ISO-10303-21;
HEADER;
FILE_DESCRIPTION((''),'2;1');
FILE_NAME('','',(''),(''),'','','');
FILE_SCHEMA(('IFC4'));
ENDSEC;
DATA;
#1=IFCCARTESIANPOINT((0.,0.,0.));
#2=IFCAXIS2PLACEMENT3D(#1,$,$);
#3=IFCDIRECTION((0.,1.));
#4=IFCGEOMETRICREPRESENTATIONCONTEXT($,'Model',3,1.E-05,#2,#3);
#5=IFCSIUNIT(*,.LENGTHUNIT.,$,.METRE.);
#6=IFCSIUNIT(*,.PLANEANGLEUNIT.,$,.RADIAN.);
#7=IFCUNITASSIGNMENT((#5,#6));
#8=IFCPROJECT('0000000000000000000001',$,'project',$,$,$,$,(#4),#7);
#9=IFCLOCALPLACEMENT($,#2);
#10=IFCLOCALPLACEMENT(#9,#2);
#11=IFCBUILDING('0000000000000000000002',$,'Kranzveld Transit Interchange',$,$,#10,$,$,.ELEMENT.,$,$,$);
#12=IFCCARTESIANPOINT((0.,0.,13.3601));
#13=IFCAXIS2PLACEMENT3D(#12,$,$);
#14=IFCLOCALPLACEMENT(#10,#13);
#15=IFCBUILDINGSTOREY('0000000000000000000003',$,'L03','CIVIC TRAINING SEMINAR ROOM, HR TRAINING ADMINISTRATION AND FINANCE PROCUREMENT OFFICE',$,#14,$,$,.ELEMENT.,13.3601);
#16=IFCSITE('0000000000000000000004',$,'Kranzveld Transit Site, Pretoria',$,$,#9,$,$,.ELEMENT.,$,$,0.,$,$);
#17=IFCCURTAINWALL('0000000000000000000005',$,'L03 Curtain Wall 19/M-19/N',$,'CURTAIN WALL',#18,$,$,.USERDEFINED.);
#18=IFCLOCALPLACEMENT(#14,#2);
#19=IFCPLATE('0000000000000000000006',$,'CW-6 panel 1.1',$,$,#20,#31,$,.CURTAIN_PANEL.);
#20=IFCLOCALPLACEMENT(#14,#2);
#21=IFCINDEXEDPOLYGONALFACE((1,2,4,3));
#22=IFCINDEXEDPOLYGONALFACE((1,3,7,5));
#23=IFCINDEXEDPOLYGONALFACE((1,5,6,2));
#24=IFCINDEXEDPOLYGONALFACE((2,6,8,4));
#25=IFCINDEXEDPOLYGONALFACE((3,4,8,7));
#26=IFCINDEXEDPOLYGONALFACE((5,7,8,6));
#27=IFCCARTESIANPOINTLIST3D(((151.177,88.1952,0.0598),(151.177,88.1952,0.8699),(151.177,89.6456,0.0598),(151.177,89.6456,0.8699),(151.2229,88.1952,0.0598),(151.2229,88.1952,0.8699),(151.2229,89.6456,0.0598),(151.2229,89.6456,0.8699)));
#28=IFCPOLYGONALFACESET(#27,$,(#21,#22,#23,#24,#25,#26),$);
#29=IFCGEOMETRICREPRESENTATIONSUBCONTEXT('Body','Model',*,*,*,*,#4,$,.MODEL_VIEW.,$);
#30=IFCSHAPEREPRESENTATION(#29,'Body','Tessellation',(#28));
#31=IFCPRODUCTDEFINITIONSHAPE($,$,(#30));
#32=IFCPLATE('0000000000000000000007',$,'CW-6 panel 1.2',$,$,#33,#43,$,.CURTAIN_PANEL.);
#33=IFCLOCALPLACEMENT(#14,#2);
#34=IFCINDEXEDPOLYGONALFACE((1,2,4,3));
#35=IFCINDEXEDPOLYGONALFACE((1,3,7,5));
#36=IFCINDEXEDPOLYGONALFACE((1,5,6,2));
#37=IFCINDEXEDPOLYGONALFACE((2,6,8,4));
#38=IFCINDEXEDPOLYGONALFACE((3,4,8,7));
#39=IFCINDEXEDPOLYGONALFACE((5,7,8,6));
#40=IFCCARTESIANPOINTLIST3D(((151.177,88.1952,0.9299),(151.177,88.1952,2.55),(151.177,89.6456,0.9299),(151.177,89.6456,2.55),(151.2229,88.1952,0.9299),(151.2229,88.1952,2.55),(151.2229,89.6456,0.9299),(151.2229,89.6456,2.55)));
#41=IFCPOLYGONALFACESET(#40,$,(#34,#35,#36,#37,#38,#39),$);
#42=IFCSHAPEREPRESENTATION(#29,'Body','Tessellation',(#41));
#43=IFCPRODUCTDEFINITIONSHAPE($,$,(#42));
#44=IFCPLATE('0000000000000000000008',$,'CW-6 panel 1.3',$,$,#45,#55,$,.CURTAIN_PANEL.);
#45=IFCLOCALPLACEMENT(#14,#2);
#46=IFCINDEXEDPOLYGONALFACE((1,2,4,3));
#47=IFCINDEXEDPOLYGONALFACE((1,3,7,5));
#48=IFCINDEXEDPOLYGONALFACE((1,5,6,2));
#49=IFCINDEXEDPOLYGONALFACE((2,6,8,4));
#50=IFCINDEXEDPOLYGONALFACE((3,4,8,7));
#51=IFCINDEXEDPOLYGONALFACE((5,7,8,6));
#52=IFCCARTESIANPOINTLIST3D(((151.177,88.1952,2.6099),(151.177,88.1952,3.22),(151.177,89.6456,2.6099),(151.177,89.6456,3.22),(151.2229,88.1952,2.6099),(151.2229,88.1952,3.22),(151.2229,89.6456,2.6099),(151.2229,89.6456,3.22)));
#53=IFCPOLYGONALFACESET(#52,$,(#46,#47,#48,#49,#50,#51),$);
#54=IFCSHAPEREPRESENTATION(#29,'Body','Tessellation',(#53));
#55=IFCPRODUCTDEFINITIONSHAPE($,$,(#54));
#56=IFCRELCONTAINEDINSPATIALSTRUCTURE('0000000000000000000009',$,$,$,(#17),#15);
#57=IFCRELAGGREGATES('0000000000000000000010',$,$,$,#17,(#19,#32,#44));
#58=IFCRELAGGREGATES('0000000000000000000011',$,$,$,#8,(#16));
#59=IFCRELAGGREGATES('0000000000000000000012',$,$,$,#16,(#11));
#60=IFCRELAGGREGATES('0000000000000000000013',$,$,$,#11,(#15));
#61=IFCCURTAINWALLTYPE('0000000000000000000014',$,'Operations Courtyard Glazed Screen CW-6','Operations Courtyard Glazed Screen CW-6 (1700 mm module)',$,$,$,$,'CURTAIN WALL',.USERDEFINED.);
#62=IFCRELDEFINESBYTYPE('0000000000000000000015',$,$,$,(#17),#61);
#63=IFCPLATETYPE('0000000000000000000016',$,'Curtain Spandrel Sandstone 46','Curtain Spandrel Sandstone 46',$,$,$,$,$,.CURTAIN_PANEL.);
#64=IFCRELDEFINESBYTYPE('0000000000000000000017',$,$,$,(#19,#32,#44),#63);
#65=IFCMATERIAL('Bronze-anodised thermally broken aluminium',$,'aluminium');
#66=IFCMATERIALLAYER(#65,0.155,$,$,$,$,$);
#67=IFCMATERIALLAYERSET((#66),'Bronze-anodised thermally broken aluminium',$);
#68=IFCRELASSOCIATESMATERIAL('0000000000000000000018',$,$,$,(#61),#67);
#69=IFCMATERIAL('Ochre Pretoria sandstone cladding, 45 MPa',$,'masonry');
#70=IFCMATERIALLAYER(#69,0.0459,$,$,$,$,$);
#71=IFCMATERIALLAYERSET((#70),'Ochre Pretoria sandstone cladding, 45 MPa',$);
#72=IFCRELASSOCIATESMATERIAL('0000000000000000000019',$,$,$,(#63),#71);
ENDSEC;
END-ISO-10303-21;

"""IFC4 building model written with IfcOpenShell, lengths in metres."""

from ifc_helpers import new_model, si_unit, direction, frame, origin, origin_2d, place, context, subcontext, project, spatial, rectangle, extrude, material, layer, layer_set, type_object, element, aggregate, save


model = new_model("IFC4")

# Units and contexts
model_context = context("Model", 3, precision=1e-05, world=origin(), true_north=direction((0.0, 1.0)))
body_context = subcontext(model_context, "Body", "Model", "MODEL_VIEW")
ifc_project = project(units=[si_unit("LENGTHUNIT", "METRE"), si_unit("PLANEANGLEUNIT", "RADIAN")], contexts=[model_context])

# Site, building, storey
site_placement = place(None, origin())
site = spatial("IfcSite", under=ifc_project, at=site_placement, Name="Kranzveld Transit Site, Pretoria", CompositionType="ELEMENT", RefElevation=0.0)
building_placement = place(site_placement, origin())
building = spatial("IfcBuilding", under=site, at=building_placement, Name="Kranzveld Transit Interchange", CompositionType="ELEMENT")
storey_placement = place(building_placement, frame((0.0, 0.0, 13.3601)))
storey = spatial("IfcBuildingStorey", under=building, at=storey_placement, Name="L03", Description="CIVIC TRAINING SEMINAR ROOM, HR TRAINING ADMINISTRATION AND FINANCE PROCUREMENT OFFICE", CompositionType="ELEMENT", Elevation=13.3601)

# Curtain wall
ifc_material_1 = material(Name="Bronze-anodised thermally broken aluminium", Category="aluminium")
ifc_layer_1 = layer(ifc_material_1, 0.155)
ifc_layer_set_1 = layer_set([ifc_layer_1], Name="Bronze-anodised thermally broken aluminium")
curtain_wall_type_1 = type_object("IfcCurtainWallType", Name="Operations Courtyard Glazed Screen CW-6", Description="Operations Courtyard Glazed Screen CW-6 (1700 mm module)", ElementType="CURTAIN WALL", PredefinedType="USERDEFINED", material=ifc_layer_set_1)
curtain_wall_1_placement = place(storey_placement, origin())
curtain_wall_1 = element("IfcCurtainWall", 1, at=curtain_wall_1_placement, inside=storey, type_object=curtain_wall_type_1, Name="L03 Curtain Wall 19/M-19/N", ObjectType="CURTAIN WALL", PredefinedType="USERDEFINED")

# Plates
ifc_material_2 = material(Name="Ochre Pretoria sandstone cladding, 45 MPa", Category="masonry")
ifc_layer_2 = layer(ifc_material_2, 0.0459)
ifc_layer_set_2 = layer_set([ifc_layer_2], Name="Ochre Pretoria sandstone cladding, 45 MPa")
plate_type_1 = type_object("IfcPlateType", Name="Curtain Spandrel Sandstone 46", Description="Curtain Spandrel Sandstone 46", PredefinedType="CURTAIN_PANEL", material=ifc_layer_set_2)
plate_1_placement = place(storey_placement, frame((151.2, 88.9204, 0.0598), z_axis=(0.0, 0.0, 1.0), x_axis=(0.0, 1.0, 0.0)))
plate_1 = element("IfcPlate", 2, at=plate_1_placement, type_object=plate_type_1, Name="CW-6 panel 1.1", PredefinedType="CURTAIN_PANEL", context=body_context, shape_type="SweptSolid", body=[
    extrude(rectangle(XDim=1.4504, YDim=0.0459, at=origin_2d()), origin(), (0.0, 0.0, 1.0), 0.8101),
])
plate_2_placement = place(storey_placement, frame((151.2, 88.9204, 0.9299), z_axis=(0.0, 0.0, 1.0), x_axis=(0.0, 1.0, 0.0)))
plate_2 = element("IfcPlate", 3, at=plate_2_placement, type_object=plate_type_1, Name="CW-6 panel 1.2", PredefinedType="CURTAIN_PANEL", context=body_context, shape_type="SweptSolid", body=[
    extrude(rectangle(XDim=1.4504, YDim=0.0459, at=origin_2d()), origin(), (0.0, 0.0, 1.0), 1.6201),
])
plate_3_placement = place(storey_placement, frame((151.2, 88.9204, 2.6099), z_axis=(0.0, 0.0, 1.0), x_axis=(0.0, 1.0, 0.0)))
plate_3 = element("IfcPlate", 4, at=plate_3_placement, type_object=plate_type_1, Name="CW-6 panel 1.3", PredefinedType="CURTAIN_PANEL", context=body_context, shape_type="SweptSolid", body=[
    extrude(rectangle(XDim=1.4504, YDim=0.0459, at=origin_2d()), origin(), (0.0, 0.0, 1.0), 0.6101),
])
aggregate(curtain_wall_1, [plate_1, plate_2, plate_3])

save(model, "model.ifc")
